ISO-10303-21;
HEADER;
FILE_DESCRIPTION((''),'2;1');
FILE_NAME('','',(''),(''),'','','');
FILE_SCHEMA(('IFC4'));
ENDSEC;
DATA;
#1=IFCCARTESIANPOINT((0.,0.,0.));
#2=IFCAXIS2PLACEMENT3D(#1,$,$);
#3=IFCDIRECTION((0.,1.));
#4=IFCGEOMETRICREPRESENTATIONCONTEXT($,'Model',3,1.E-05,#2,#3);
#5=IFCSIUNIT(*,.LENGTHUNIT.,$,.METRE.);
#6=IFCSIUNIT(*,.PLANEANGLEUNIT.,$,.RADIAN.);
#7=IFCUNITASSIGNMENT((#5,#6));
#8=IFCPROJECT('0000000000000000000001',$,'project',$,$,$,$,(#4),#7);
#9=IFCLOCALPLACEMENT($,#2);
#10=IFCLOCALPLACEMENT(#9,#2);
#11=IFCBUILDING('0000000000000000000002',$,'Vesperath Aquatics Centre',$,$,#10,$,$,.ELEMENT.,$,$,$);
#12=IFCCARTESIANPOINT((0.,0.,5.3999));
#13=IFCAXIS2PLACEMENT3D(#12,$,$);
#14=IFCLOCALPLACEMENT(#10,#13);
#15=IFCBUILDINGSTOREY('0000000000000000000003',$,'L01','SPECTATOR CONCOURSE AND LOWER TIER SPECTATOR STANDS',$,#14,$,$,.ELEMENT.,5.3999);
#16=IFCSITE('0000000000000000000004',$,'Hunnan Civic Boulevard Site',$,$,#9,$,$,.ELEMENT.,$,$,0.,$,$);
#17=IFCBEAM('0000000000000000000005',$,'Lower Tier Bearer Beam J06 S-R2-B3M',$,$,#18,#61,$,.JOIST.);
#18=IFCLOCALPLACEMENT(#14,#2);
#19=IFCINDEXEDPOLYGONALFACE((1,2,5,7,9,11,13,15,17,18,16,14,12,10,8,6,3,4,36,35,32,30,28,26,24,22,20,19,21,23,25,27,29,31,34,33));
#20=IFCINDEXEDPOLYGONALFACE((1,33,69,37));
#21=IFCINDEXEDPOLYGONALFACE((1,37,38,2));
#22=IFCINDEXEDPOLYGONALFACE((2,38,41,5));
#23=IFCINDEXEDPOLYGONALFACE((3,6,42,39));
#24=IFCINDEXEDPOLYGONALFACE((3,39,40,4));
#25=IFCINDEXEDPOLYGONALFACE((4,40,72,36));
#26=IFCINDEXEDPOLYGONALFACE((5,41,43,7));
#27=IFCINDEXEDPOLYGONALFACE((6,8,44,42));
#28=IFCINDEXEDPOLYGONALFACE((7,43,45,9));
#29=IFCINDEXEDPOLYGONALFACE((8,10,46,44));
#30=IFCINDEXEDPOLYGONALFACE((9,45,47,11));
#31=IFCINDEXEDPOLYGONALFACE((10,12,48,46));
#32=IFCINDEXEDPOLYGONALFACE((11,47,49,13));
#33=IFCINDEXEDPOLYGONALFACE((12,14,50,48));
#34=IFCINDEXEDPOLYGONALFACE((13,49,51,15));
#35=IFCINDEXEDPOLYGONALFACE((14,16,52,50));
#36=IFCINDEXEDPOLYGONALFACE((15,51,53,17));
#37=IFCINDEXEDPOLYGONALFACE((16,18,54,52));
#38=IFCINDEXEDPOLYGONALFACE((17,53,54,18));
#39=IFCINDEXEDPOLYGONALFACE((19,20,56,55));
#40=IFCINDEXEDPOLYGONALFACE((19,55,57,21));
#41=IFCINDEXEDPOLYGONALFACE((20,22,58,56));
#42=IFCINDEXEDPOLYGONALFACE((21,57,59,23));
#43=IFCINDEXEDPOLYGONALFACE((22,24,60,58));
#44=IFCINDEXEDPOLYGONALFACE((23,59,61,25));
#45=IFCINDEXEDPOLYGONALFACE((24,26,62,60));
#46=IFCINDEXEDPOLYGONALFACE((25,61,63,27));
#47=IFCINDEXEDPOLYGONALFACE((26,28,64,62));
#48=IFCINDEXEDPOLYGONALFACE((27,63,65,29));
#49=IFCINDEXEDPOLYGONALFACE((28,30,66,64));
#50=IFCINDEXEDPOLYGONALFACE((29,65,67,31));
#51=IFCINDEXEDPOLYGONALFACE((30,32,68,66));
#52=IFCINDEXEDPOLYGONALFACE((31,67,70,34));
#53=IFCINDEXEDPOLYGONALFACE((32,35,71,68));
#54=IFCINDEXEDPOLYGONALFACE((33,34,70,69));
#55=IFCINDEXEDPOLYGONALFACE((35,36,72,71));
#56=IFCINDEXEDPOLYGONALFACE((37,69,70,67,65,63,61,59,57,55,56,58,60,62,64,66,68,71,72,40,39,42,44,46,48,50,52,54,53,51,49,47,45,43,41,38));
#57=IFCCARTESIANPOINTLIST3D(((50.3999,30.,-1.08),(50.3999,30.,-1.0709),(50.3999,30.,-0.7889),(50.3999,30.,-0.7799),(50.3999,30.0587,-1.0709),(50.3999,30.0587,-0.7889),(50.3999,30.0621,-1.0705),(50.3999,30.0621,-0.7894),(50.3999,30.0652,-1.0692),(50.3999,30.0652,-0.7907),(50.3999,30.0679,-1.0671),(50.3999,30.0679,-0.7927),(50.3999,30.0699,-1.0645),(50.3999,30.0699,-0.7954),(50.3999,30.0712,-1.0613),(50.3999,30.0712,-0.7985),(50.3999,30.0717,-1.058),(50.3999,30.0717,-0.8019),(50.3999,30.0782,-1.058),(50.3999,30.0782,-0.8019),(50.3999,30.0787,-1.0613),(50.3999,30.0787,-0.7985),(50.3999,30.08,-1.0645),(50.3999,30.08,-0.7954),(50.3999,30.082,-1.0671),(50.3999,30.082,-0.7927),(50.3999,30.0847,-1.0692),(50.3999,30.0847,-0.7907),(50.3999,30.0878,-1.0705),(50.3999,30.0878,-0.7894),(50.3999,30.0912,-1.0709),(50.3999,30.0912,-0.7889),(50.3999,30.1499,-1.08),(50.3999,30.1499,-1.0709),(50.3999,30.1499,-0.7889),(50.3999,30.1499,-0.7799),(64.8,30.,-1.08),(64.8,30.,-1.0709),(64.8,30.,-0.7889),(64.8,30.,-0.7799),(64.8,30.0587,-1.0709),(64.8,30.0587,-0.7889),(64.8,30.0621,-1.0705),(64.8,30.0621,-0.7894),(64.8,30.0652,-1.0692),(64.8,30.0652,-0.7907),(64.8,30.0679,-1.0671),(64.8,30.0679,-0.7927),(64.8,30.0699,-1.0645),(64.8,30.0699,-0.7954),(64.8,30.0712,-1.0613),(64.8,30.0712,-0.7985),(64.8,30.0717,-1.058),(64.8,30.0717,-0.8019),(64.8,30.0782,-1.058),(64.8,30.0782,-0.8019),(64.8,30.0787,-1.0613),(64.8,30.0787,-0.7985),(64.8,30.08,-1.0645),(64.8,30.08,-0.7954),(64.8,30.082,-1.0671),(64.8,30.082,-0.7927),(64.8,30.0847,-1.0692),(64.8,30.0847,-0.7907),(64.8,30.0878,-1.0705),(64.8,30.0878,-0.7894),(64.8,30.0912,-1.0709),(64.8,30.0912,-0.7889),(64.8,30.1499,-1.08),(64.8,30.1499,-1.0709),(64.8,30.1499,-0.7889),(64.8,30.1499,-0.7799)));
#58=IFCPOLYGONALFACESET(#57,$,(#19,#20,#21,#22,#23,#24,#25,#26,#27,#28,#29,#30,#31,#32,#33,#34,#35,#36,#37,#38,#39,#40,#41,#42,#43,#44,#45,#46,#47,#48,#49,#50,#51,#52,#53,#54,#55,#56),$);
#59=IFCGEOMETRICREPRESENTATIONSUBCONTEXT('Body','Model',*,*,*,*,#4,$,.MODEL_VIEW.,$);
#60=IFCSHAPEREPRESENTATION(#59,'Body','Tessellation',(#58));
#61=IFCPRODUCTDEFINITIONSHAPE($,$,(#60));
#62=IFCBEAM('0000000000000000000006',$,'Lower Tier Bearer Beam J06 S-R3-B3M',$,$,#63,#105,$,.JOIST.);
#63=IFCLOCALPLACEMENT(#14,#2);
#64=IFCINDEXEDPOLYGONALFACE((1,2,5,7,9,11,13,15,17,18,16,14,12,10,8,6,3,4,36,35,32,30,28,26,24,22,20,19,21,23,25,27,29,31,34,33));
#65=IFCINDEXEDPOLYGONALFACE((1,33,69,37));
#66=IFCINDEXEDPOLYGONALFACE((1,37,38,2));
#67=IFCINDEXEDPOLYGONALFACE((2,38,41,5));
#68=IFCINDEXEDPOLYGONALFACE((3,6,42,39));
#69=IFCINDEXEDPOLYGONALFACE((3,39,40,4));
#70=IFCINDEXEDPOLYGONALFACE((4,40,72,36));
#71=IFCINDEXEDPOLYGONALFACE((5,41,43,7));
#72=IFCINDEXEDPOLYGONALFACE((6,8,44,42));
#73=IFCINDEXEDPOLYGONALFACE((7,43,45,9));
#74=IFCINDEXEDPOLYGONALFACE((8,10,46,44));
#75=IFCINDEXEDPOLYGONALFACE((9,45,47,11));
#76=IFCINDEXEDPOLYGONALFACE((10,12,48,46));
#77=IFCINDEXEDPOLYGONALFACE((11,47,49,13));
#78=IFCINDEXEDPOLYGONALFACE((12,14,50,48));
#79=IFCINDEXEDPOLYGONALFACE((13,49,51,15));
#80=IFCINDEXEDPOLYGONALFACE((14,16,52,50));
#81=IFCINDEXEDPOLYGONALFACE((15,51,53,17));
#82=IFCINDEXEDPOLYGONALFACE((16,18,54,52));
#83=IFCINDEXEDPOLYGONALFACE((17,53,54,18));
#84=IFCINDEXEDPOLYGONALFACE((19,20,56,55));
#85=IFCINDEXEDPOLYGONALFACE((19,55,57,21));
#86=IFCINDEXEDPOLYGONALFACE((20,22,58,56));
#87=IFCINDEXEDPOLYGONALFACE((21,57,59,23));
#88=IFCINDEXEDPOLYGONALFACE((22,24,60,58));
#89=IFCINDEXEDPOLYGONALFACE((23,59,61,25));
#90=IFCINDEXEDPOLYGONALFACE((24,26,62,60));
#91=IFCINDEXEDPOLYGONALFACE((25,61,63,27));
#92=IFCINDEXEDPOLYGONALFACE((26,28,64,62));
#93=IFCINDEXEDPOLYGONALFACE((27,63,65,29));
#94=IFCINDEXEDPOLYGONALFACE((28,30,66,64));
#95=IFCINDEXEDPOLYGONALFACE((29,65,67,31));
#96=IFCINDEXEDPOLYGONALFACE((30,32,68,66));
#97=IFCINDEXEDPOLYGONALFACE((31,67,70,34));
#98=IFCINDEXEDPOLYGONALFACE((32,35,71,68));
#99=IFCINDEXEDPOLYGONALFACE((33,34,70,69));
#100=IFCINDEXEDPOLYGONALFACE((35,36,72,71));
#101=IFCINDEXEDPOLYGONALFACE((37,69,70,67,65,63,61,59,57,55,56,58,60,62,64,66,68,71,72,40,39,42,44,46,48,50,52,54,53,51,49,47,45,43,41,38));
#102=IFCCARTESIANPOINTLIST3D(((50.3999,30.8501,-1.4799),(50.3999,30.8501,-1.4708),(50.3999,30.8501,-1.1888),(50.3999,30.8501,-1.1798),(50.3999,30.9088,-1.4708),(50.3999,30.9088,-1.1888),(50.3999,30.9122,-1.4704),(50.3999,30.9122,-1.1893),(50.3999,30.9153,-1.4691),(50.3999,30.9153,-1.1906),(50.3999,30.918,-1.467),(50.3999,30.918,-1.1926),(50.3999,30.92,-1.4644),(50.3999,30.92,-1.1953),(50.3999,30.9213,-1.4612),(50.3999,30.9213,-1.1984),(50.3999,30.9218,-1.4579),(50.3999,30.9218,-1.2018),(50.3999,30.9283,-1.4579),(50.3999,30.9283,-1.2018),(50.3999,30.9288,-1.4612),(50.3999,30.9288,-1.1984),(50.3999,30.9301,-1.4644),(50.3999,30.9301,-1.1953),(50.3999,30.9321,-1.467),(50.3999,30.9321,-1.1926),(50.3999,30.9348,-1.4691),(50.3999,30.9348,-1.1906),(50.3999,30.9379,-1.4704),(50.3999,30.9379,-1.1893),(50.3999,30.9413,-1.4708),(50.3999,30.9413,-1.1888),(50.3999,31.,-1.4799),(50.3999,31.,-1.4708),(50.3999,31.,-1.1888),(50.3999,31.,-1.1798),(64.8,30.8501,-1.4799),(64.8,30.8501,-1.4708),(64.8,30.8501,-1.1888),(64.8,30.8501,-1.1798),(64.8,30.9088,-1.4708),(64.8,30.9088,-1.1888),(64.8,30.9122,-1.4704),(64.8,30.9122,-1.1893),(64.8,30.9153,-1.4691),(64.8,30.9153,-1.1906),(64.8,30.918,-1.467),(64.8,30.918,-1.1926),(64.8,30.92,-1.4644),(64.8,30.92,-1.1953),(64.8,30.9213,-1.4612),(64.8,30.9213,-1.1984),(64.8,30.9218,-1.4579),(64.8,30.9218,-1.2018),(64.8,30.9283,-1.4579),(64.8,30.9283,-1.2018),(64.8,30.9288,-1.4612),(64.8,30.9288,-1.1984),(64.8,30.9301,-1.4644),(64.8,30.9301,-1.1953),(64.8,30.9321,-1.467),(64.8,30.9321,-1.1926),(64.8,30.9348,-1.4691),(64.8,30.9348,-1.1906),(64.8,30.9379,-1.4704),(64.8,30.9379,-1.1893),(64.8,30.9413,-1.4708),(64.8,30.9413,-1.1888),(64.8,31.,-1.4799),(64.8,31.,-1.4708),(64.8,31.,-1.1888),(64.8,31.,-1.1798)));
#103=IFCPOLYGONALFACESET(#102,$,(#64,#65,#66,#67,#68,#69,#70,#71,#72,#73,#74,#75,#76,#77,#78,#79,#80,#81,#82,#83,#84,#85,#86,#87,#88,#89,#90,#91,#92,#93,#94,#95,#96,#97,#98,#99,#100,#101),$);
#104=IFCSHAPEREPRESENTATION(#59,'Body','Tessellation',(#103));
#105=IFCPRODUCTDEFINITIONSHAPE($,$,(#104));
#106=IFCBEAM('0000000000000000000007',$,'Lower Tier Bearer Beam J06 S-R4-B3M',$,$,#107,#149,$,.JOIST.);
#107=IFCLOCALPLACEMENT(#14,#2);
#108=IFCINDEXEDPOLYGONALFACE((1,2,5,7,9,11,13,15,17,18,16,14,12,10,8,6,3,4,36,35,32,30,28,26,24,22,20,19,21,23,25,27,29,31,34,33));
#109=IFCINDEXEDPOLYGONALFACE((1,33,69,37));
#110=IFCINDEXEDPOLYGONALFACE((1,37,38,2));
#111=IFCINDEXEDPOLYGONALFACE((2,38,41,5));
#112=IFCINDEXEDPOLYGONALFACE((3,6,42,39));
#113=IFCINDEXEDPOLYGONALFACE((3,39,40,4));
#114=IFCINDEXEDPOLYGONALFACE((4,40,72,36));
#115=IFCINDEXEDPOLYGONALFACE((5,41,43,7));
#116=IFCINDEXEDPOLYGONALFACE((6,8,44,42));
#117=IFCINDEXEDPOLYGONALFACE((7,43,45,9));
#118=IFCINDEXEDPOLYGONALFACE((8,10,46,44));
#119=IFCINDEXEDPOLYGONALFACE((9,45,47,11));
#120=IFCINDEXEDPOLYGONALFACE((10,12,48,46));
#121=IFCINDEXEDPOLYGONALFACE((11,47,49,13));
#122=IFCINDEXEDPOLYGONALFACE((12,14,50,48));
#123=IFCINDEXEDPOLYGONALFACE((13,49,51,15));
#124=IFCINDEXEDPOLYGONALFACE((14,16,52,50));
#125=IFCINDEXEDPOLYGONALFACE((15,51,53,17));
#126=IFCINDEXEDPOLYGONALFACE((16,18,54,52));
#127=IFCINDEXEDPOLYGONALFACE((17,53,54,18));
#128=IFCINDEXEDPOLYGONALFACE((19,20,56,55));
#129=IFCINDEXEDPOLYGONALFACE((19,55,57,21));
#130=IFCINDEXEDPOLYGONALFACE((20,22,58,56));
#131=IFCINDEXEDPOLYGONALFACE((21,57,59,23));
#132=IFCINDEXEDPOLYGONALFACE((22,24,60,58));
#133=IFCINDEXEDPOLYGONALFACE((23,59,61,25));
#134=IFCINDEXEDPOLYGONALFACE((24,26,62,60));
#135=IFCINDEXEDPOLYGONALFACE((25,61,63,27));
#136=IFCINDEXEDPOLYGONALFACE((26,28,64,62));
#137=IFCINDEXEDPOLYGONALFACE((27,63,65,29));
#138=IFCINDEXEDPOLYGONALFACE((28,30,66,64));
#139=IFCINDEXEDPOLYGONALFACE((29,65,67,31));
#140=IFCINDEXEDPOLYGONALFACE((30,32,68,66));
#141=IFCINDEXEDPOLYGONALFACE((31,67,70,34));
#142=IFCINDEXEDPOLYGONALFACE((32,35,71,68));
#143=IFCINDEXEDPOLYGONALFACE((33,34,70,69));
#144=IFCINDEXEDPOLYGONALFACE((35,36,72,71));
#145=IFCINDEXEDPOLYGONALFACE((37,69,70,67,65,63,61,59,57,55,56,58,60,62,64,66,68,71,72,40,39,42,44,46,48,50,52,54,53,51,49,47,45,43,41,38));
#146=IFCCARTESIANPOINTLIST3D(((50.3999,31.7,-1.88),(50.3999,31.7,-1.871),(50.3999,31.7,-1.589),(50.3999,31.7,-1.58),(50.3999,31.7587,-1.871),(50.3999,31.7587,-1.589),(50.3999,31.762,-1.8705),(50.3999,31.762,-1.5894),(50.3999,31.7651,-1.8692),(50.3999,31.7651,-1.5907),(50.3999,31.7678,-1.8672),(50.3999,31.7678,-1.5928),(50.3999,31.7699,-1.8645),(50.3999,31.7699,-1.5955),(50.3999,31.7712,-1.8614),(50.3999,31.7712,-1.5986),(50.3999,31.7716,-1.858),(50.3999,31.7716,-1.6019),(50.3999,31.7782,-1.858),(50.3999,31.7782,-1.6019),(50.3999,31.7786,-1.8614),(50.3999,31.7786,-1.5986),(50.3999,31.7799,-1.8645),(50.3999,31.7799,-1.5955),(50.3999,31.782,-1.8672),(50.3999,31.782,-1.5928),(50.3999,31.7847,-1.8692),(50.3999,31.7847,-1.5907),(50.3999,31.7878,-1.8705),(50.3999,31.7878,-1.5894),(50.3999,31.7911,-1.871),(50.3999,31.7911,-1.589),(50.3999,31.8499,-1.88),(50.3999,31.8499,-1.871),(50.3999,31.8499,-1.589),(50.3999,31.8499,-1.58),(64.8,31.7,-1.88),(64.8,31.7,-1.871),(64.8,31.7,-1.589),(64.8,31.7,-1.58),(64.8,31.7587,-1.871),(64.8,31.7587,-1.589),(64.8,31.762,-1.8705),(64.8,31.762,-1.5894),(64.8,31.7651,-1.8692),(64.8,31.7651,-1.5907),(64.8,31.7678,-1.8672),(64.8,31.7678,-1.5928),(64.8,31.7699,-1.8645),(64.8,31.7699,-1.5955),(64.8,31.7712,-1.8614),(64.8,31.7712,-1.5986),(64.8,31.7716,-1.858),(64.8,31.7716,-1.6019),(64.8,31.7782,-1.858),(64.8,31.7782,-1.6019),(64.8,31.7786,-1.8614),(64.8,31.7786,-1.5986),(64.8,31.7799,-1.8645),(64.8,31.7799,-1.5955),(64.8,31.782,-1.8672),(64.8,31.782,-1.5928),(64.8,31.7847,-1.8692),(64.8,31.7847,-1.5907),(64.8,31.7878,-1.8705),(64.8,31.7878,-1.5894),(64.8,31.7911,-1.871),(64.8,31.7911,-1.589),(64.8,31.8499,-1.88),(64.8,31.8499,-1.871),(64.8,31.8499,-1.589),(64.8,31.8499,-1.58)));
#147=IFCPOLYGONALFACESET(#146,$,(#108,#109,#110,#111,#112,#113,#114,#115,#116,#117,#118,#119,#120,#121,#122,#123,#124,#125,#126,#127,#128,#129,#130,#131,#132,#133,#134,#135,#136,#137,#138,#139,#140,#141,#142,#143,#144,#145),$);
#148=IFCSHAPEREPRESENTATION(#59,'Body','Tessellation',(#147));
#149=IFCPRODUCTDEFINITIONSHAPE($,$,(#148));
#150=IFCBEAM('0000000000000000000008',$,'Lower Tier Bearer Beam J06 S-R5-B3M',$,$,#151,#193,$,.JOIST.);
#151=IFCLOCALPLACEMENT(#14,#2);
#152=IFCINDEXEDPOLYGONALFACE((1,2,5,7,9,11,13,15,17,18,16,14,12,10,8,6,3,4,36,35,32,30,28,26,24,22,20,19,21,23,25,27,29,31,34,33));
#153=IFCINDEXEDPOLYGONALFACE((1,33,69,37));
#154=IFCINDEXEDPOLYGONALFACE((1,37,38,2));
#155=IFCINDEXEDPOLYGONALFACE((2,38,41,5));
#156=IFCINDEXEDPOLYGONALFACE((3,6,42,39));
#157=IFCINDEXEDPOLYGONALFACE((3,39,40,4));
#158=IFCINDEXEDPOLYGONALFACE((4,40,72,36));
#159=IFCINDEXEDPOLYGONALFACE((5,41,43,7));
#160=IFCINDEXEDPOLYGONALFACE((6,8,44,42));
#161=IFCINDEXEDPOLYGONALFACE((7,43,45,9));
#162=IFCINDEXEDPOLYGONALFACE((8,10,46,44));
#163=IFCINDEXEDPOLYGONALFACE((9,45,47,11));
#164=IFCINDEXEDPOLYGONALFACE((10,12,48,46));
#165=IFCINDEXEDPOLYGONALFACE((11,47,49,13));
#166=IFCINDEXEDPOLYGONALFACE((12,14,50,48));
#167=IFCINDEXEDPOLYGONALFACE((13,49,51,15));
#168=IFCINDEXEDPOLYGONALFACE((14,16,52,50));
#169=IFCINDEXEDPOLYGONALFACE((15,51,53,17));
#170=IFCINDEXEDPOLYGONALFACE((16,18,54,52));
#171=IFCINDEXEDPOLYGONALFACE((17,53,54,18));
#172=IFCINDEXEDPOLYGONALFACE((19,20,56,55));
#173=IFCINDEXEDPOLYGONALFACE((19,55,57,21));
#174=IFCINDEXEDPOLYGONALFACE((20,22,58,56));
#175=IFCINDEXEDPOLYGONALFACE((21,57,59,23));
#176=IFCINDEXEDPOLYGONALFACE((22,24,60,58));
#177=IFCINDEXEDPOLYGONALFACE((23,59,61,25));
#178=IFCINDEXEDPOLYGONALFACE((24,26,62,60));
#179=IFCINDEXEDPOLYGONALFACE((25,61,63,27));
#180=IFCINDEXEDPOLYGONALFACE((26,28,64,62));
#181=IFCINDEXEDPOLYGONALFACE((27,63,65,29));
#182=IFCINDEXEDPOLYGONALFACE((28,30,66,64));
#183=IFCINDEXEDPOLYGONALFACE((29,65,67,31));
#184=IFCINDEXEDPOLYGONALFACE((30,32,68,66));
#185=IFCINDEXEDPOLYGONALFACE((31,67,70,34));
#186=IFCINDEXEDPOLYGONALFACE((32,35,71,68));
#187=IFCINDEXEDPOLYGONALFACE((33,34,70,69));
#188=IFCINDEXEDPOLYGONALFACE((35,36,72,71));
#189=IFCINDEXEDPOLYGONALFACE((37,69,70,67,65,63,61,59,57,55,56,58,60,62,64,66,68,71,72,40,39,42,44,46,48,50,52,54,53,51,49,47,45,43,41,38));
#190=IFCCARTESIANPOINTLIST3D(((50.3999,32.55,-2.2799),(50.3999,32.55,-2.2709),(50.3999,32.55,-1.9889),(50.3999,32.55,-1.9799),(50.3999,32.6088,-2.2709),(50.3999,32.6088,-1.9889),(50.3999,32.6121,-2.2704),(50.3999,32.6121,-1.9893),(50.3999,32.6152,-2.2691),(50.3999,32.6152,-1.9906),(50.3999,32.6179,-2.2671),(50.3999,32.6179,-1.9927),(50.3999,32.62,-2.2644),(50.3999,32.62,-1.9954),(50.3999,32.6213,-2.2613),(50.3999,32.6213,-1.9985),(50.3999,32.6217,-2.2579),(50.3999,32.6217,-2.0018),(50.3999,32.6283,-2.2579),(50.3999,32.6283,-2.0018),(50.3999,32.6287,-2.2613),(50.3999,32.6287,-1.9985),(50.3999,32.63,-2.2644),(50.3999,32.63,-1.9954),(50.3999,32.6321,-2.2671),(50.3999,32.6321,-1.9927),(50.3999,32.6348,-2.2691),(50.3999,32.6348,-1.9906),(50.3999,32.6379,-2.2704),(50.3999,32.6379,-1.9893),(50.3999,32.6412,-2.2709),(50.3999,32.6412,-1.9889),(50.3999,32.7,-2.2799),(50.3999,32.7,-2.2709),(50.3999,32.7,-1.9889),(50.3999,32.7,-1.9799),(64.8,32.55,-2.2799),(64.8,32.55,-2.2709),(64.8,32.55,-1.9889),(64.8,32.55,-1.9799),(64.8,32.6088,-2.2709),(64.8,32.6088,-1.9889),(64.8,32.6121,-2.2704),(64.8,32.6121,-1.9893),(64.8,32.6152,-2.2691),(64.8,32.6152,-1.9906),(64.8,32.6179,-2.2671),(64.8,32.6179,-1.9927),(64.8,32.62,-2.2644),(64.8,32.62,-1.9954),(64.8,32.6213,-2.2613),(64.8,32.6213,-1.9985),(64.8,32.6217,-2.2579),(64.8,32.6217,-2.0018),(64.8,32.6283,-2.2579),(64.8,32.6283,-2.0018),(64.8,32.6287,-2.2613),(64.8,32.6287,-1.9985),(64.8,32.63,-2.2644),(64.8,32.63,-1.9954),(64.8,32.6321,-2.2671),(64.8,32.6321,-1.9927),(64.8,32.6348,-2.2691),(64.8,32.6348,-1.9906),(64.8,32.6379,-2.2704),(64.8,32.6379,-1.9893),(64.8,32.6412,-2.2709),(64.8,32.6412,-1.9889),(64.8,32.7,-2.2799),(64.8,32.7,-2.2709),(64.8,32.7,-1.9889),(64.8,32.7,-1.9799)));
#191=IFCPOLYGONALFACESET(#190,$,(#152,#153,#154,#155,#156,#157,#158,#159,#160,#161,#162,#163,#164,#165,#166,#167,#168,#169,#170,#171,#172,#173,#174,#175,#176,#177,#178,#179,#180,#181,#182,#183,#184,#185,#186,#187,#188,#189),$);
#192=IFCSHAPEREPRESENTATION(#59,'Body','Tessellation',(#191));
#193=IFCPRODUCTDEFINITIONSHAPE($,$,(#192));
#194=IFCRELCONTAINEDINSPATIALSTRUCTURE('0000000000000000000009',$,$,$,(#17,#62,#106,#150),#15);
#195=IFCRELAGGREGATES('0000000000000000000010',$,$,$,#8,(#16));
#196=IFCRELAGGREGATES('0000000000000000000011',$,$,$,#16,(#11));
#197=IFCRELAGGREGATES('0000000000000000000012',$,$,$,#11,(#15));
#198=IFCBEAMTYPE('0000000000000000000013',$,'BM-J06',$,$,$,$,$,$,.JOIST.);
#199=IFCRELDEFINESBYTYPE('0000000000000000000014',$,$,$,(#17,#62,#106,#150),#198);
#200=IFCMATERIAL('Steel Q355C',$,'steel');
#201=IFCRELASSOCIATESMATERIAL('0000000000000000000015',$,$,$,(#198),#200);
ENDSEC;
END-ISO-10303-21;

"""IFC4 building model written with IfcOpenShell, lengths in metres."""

from ifc_helpers import new_model, si_unit, direction, frame, origin, origin_2d, place, context, subcontext, project, spatial, i_section, extrude, material, material_profile, profile_set, type_object, element, save


model = new_model("IFC4")

# Units and contexts
model_context = context("Model", 3, precision=1e-05, world=origin(), true_north=direction((0.0, 1.0)))
body_context = subcontext(model_context, "Body", "Model", "MODEL_VIEW")
ifc_project = project(units=[si_unit("LENGTHUNIT", "METRE"), si_unit("PLANEANGLEUNIT", "RADIAN")], contexts=[model_context])

# Site, building, storey
site_placement = place(None, origin())
site = spatial("IfcSite", under=ifc_project, at=site_placement, Name="Hunnan Civic Boulevard Site", CompositionType="ELEMENT", RefElevation=0.0)
building_placement = place(site_placement, origin())
building = spatial("IfcBuilding", under=site, at=building_placement, Name="Vesperath Aquatics Centre", CompositionType="ELEMENT")
storey_placement = place(building_placement, frame((0.0, 0.0, 5.3999)))
storey = spatial("IfcBuildingStorey", under=building, at=storey_placement, Name="L01", Description="SPECTATOR CONCOURSE AND LOWER TIER SPECTATOR STANDS", CompositionType="ELEMENT", Elevation=5.3999)

# Beams
ifc_material_1 = material(Name="Steel Q355C", Category="steel")
ifc_material_profile_1 = material_profile(ifc_material_1, i_section(OverallWidth=0.1499, OverallDepth=0.3, WebThickness=0.0066, FlangeThickness=0.009, FilletRadius=0.0129, at=origin_2d()), Name="HN 300x150x6.5x9")
ifc_profile_set_1 = profile_set([ifc_material_profile_1], Name="Steel Q355C")
beam_type_1 = type_object("IfcBeamType", Name="BM-J06", PredefinedType="JOIST", material=ifc_profile_set_1)
for number, where, z_axis, x_axis, name in (
    (1, (50.3999, 30.075, -0.9299), (1.0, 0.0, 0.0), (0.0, 1.0, 0.0), "Lower Tier Bearer Beam J06 S-R2-B3M"),
    (2, (50.3999, 30.925, -1.3298), (1.0, 0.0, 0.0), (0.0, 1.0, 0.0), "Lower Tier Bearer Beam J06 S-R3-B3M"),
    (3, (50.3999, 31.7749, -1.73), (1.0, 0.0, 0.0), (0.0, 1.0, 0.0), "Lower Tier Bearer Beam J06 S-R4-B3M"),
    (4, (50.3999, 32.625, -2.1299), (1.0, 0.0, 0.0), (0.0, 1.0, 0.0), "Lower Tier Bearer Beam J06 S-R5-B3M"),
):
    element("IfcBeam", number, at=place(storey_placement, frame(where, z_axis=z_axis, x_axis=x_axis)), inside=storey, type_object=beam_type_1, Name=name, PredefinedType="JOIST", context=body_context, shape_type="SweptSolid", body=[
        extrude(i_section(OverallWidth=0.1499, OverallDepth=0.3, WebThickness=0.0066, FlangeThickness=0.009, FilletRadius=0.0129, at=origin_2d()), origin(), (0.0, 0.0, 1.0), 14.4001),
    ])

save(model, "model.ifc")
